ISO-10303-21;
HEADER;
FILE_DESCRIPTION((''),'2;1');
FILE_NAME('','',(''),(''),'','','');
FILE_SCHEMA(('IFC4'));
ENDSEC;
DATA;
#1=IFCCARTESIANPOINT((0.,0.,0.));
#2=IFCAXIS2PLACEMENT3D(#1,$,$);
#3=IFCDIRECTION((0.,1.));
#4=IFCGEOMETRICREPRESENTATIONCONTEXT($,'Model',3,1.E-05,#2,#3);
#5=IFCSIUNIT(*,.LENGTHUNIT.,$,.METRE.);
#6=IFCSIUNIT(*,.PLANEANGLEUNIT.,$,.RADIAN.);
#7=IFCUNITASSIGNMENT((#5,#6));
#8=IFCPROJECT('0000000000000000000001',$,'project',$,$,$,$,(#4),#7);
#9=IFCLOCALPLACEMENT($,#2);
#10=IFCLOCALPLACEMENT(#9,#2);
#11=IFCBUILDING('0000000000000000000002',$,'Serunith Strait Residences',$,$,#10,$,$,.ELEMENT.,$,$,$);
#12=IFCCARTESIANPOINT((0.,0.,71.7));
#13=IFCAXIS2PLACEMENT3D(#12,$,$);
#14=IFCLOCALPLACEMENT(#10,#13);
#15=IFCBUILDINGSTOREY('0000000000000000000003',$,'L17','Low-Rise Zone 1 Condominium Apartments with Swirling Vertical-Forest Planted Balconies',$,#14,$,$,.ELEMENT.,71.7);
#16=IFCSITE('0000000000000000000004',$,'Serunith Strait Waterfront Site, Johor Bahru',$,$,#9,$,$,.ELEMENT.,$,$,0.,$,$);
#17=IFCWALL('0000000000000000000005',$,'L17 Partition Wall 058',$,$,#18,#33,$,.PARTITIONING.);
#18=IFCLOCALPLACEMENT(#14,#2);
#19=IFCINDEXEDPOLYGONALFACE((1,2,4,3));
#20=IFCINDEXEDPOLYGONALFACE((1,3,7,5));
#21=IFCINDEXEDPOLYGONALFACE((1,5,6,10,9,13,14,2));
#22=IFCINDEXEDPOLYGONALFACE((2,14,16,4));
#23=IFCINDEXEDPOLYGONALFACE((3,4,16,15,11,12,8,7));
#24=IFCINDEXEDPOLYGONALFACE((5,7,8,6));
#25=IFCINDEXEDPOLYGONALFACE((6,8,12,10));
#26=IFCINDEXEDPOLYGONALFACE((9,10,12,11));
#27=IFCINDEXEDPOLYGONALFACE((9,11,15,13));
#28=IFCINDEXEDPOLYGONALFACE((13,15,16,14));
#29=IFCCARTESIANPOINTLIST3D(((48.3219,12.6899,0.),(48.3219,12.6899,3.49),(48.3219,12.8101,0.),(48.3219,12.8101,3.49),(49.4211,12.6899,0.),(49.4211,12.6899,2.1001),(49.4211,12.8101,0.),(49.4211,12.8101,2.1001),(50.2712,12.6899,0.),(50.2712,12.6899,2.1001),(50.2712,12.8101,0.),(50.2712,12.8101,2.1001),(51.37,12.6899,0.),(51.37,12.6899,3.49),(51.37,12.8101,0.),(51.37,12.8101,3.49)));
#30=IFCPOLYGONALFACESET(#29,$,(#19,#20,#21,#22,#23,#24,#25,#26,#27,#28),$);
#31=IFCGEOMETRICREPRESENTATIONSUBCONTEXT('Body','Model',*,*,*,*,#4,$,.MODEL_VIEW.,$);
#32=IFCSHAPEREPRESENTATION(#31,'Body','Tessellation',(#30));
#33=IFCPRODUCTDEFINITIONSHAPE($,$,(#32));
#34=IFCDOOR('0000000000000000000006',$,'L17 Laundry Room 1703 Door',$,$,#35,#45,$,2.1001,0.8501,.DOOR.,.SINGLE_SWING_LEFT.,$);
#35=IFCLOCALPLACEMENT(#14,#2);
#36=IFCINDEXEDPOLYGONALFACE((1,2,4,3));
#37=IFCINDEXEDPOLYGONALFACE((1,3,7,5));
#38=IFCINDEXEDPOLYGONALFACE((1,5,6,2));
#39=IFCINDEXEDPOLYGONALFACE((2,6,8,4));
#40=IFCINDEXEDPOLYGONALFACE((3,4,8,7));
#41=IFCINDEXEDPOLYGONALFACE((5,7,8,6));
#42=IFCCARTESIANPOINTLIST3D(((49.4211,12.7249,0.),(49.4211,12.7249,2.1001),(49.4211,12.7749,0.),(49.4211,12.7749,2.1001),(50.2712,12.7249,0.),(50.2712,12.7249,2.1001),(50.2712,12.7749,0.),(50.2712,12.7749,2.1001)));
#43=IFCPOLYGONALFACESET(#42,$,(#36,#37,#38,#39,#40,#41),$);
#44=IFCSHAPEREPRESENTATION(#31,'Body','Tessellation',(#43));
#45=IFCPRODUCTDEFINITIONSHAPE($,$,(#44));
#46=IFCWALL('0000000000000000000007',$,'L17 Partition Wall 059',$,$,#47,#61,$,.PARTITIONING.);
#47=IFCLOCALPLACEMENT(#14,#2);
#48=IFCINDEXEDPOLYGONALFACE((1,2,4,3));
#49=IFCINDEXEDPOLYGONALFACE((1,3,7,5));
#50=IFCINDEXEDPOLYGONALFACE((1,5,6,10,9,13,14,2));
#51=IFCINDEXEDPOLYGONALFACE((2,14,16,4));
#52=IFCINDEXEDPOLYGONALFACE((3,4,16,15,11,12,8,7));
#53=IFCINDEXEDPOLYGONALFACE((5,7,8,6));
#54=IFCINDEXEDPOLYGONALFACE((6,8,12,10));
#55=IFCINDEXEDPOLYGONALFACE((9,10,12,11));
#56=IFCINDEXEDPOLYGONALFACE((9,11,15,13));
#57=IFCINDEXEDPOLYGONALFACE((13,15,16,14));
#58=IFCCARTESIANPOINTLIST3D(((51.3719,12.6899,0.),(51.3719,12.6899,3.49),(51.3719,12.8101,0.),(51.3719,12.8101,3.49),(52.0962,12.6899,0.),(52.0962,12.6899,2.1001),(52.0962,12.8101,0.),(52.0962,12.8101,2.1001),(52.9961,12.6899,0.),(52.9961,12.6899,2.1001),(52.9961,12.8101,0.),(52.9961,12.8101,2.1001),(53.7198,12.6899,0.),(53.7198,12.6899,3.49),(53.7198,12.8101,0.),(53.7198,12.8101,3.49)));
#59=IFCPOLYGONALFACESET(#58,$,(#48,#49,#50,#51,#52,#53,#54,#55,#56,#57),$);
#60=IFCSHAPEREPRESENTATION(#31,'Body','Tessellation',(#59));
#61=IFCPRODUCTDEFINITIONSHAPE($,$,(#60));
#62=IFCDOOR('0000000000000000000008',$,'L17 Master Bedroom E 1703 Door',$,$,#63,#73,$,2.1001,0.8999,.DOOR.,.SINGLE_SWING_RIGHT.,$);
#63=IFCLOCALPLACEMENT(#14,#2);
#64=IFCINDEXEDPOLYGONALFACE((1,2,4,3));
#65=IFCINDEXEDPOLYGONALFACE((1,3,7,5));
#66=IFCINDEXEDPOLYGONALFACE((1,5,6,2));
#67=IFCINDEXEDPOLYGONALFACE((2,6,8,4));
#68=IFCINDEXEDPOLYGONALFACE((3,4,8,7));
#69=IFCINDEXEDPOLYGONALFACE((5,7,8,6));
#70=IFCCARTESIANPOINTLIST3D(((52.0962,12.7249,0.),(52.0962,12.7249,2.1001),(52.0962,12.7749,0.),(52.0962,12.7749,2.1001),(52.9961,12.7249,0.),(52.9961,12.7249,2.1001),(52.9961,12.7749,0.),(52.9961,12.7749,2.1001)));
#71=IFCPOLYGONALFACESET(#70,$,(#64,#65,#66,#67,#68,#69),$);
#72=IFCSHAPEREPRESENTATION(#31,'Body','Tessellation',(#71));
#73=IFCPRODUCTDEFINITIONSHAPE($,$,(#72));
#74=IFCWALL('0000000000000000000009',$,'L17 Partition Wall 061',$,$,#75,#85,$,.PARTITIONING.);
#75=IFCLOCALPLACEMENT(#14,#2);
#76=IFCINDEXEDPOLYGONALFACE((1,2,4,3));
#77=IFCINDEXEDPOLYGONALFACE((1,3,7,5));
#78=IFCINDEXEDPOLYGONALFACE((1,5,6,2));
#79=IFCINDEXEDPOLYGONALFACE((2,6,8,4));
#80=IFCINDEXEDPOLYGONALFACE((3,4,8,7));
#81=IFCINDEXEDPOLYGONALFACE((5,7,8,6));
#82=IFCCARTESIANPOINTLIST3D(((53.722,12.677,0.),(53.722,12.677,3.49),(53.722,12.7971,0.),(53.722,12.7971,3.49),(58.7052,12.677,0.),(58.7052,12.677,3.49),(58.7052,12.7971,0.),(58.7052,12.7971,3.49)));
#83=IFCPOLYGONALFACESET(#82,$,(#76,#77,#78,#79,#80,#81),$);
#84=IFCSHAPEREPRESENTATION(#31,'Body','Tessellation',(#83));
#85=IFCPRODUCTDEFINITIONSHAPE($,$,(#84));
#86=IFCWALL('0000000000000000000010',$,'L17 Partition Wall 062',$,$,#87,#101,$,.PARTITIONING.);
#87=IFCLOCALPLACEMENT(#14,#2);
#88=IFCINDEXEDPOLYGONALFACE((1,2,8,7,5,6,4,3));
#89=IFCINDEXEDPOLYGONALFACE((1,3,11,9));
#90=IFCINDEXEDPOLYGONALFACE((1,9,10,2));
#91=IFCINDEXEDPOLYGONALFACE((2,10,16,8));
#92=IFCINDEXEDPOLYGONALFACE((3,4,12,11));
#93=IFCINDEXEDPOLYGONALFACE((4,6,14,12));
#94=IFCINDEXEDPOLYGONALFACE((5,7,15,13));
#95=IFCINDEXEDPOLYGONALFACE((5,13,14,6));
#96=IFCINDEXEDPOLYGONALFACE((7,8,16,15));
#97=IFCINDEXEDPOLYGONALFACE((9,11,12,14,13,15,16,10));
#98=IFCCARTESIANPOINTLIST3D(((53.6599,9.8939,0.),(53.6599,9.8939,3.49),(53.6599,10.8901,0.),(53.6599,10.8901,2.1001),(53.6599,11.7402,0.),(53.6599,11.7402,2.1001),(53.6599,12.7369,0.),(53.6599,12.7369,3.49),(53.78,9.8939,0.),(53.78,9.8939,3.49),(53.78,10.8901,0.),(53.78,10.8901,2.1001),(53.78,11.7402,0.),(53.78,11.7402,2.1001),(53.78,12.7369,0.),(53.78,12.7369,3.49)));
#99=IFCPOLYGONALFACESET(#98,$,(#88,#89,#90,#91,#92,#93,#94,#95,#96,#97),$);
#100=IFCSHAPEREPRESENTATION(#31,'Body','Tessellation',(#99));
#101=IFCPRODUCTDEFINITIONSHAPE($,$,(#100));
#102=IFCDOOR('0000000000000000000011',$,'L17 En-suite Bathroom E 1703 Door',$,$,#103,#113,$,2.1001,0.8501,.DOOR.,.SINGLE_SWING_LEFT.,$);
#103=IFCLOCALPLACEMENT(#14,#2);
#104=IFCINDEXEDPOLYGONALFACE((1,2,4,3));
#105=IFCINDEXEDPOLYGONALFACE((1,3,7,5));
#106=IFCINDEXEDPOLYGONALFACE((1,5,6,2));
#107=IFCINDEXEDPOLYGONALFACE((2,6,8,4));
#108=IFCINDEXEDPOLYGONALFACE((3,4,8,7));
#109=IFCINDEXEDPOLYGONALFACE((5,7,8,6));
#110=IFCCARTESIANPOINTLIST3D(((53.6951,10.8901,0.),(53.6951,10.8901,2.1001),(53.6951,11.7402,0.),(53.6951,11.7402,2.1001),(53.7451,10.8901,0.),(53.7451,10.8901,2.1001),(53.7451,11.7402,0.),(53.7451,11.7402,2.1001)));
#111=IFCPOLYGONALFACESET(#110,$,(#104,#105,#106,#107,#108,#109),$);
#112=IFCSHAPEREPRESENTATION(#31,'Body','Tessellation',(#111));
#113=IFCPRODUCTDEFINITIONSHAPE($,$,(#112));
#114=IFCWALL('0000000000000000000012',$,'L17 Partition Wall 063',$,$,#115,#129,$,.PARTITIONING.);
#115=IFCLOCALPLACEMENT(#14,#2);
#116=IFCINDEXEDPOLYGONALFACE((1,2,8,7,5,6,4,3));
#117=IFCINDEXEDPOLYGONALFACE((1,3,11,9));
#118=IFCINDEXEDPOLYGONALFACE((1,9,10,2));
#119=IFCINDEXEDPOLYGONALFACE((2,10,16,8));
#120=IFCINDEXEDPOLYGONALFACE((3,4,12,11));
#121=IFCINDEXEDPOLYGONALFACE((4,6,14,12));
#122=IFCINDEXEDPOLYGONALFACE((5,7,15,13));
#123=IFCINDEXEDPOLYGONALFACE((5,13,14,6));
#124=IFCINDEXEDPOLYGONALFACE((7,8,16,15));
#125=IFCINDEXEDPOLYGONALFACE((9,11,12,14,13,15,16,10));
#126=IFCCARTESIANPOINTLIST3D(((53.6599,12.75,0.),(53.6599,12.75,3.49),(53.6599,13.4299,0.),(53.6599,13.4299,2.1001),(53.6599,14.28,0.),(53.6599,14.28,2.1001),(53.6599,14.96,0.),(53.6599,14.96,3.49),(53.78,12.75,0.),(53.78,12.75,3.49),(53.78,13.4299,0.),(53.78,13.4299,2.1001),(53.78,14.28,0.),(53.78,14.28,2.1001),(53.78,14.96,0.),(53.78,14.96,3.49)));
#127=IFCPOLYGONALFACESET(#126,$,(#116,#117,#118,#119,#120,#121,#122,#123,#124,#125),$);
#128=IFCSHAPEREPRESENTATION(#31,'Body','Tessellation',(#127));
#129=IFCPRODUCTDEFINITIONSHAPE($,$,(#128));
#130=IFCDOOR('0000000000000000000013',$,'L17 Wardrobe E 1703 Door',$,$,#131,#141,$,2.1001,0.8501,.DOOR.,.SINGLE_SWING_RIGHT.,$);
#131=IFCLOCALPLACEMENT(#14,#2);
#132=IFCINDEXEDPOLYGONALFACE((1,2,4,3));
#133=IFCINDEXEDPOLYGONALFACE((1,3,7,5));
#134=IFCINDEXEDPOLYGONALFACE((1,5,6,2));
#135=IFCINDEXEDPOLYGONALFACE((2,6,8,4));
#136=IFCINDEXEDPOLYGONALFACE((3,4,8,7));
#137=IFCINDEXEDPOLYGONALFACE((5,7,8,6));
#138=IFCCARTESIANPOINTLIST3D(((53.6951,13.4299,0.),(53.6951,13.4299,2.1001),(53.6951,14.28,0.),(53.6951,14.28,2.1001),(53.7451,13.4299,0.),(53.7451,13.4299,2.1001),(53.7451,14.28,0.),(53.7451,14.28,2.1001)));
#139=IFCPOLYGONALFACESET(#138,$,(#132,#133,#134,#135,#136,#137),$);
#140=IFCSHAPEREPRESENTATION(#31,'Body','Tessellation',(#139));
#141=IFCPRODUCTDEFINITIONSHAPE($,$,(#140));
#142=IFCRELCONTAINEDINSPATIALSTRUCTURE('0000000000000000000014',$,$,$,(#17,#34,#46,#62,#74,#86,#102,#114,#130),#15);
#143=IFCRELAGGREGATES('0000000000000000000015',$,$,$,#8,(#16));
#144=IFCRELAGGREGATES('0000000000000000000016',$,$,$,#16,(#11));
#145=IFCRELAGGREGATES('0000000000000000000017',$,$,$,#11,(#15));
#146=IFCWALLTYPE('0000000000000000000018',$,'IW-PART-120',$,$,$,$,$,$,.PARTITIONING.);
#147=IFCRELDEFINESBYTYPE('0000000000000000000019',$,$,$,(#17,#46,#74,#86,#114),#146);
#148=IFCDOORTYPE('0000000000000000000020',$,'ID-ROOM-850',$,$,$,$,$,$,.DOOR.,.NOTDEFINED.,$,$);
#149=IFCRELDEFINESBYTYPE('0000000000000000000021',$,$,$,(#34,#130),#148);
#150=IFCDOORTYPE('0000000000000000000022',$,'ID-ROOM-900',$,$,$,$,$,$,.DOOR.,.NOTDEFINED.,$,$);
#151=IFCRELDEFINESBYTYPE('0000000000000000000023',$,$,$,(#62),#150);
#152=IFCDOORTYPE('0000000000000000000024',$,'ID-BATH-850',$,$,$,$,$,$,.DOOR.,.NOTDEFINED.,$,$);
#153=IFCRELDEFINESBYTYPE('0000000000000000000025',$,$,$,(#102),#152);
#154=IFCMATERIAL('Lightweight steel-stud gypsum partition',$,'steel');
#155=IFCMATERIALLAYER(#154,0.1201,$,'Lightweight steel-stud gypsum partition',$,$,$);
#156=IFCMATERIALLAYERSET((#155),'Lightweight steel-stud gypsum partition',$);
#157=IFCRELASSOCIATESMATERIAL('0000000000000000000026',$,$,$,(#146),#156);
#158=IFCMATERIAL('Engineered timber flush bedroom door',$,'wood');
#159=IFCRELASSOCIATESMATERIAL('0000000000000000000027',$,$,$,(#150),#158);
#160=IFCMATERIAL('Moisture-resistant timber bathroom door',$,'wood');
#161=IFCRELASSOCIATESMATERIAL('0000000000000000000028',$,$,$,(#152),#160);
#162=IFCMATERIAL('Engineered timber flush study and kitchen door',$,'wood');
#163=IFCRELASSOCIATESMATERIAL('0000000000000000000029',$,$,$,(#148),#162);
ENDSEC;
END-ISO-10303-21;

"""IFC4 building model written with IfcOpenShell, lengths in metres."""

from ifc_helpers import new_model, si_unit, direction, frame, frame_2d, origin, place, context, subcontext, project, spatial, rectangle, extrude, source, transform, mapped, material, layer, layer_set, type_object, element, fill, save


model = new_model("IFC4")

# Units and contexts
model_context = context("Model", 3, precision=1e-05, world=origin(), true_north=direction((0.0, 1.0)))
body_context = subcontext(model_context, "Body", "Model", "MODEL_VIEW")
ifc_project = project(units=[si_unit("LENGTHUNIT", "METRE"), si_unit("PLANEANGLEUNIT", "RADIAN")], contexts=[model_context])

# Site, building, storey
site_placement = place(None, origin())
site = spatial("IfcSite", under=ifc_project, at=site_placement, Name="Serunith Strait Waterfront Site, Johor Bahru", CompositionType="ELEMENT", RefElevation=0.0)
building_placement = place(site_placement, origin())
building = spatial("IfcBuilding", under=site, at=building_placement, Name="Serunith Strait Residences", CompositionType="ELEMENT")
storey_placement = place(building_placement, frame((0.0, 0.0, 71.7)))
storey = spatial("IfcBuildingStorey", under=building, at=storey_placement, Name="L17", Description="Low-Rise Zone 1 Condominium Apartments with Swirling Vertical-Forest Planted Balconies", CompositionType="ELEMENT", Elevation=71.7)

# Walls, openings, doors
ifc_material_1 = material(Name="Lightweight steel-stud gypsum partition", Category="steel")
ifc_layer_1 = layer(ifc_material_1, 0.1201, Name="Lightweight steel-stud gypsum partition")
ifc_layer_set_1 = layer_set([ifc_layer_1], Name="Lightweight steel-stud gypsum partition")
wall_type = type_object("IfcWallType", Name="IW-PART-120", PredefinedType="PARTITIONING", material=ifc_layer_set_1)
ifc_material_2 = material(Name="Engineered timber flush bedroom door", Category="wood")
door_type_1 = type_object("IfcDoorType", Name="ID-ROOM-900", OperationType="NOTDEFINED", PredefinedType="DOOR", material=ifc_material_2)
shared_shape_1 = source(origin(), body_context, "Body", "SweptSolid", [
    extrude(rectangle(XDim=0.8999, YDim=2.1001, at=frame_2d((0.45, 1.05))), frame((0.0, 0.0249, 0.0), z_axis=(0.0, -1.0, 0.0), x_axis=(1.0, 0.0, 0.0)), (0.0, 0.0, 1.0), 0.05),
])
ifc_material_3 = material(Name="Moisture-resistant timber bathroom door", Category="wood")
door_type_2 = type_object("IfcDoorType", Name="ID-BATH-850", OperationType="NOTDEFINED", PredefinedType="DOOR", material=ifc_material_3)
shared_shape_2 = source(origin(), body_context, "Body", "SweptSolid", [
    extrude(rectangle(XDim=0.8501, YDim=2.1001, at=frame_2d((0.425, 1.05))), frame((0.0, 0.0249, 0.0), z_axis=(0.0, -1.0, 0.0), x_axis=(1.0, 0.0, 0.0)), (0.0, 0.0, 1.0), 0.05),
])
wall_1_placement = place(storey_placement, frame((48.322, 12.75, 0.0), z_axis=(0.0, 0.0, 1.0), x_axis=(1.0, 0.0, 0.0)))
wall_1 = element("IfcWall", 1, at=wall_1_placement, inside=storey, type_object=wall_type, Name="L17 Partition Wall 058", PredefinedType="PARTITIONING", context=body_context, shape_type="SweptSolid", body=[
    extrude(rectangle(XDim=3.0481, YDim=0.1201, at=frame_2d((1.5239, 0.0))), origin(), (0.0, 0.0, 1.0), 3.49),
])
opening_1_placement = place(wall_1_placement, frame((1.0991, 0.0, 0.0)))
opening_1 = element("IfcOpeningElement", 2, at=opening_1_placement, cuts=wall_1, PredefinedType="OPENING", context=body_context, shape_type="SweptSolid", body=[
    extrude(rectangle(XDim=0.8501, YDim=2.1001, at=frame_2d((0.425, 1.05))), frame((0.0, 0.0701, 0.0), z_axis=(0.0, -1.0, 0.0), x_axis=(1.0, 0.0, 0.0)), (0.0, 0.0, 1.0), 0.1401),
])
ifc_material_4 = material(Name="Engineered timber flush study and kitchen door", Category="wood")
door_type_3 = type_object("IfcDoorType", Name="ID-ROOM-850", OperationType="NOTDEFINED", PredefinedType="DOOR", material=ifc_material_4)
door_1_placement = place(opening_1_placement, origin())
door_1 = element("IfcDoor", 3, at=door_1_placement, inside=storey, type_object=door_type_3, Name="L17 Laundry Room 1703 Door", OperationType="SINGLE_SWING_LEFT", OverallHeight=2.1001, OverallWidth=0.8501, PredefinedType="DOOR", context=body_context, shape_type="MappedRepresentation", body=[
    mapped(shared_shape_2, transform((0.0, 0.0, 0.0), scale=1.0)),
])
fill(opening_1, door_1)
wall_2_placement = place(storey_placement, frame((51.3721, 12.75, 0.0), z_axis=(0.0, 0.0, 1.0), x_axis=(1.0, 0.0, 0.0)))
wall_2 = element("IfcWall", 4, at=wall_2_placement, inside=storey, type_object=wall_type, Name="L17 Partition Wall 059", PredefinedType="PARTITIONING", context=body_context, shape_type="SweptSolid", body=[
    extrude(rectangle(XDim=2.3479, YDim=0.1201, at=frame_2d((1.1738, 0.0))), origin(), (0.0, 0.0, 1.0), 3.49),
])
opening_2_placement = place(wall_2_placement, frame((0.7241, 0.0, 0.0)))
opening_2 = element("IfcOpeningElement", 5, at=opening_2_placement, cuts=wall_2, PredefinedType="OPENING", context=body_context, shape_type="SweptSolid", body=[
    extrude(rectangle(XDim=0.8999, YDim=2.1001, at=frame_2d((0.45, 1.05))), frame((0.0, 0.0701, 0.0), z_axis=(0.0, -1.0, 0.0), x_axis=(1.0, 0.0, 0.0)), (0.0, 0.0, 1.0), 0.1401),
])
door_2_placement = place(opening_2_placement, origin())
door_2 = element("IfcDoor", 6, at=door_2_placement, inside=storey, type_object=door_type_1, Name="L17 Master Bedroom E 1703 Door", OperationType="SINGLE_SWING_RIGHT", OverallHeight=2.1001, OverallWidth=0.8999, PredefinedType="DOOR", context=body_context, shape_type="MappedRepresentation", body=[
    mapped(shared_shape_1, transform((0.0, 0.0, 0.0), scale=1.0)),
])
fill(opening_2, door_2)

# Wall
wall_3_placement = place(storey_placement, frame((53.7219, 12.7371, 0.0), z_axis=(0.0, 0.0, 1.0), x_axis=(1.0, 0.0, 0.0)))
element("IfcWall", 7, at=wall_3_placement, inside=storey, type_object=wall_type, Name="L17 Partition Wall 061", PredefinedType="PARTITIONING", context=body_context, shape_type="SweptSolid", body=[
    extrude(rectangle(XDim=4.9832, YDim=0.1201, at=frame_2d((2.4917, 0.0))), origin(), (0.0, 0.0, 1.0), 3.49),
])

# Walls, openings, doors
wall_4_placement = place(storey_placement, frame((53.72, 9.894, 0.0), z_axis=(0.0, 0.0, 1.0), x_axis=(0.0, 1.0, 0.0)))
wall_4 = element("IfcWall", 8, at=wall_4_placement, inside=storey, type_object=wall_type, Name="L17 Partition Wall 062", PredefinedType="PARTITIONING", context=body_context, shape_type="SweptSolid", body=[
    extrude(rectangle(XDim=2.843, YDim=0.1201, at=frame_2d((1.4214, 0.0))), origin(), (0.0, 0.0, 1.0), 3.49),
])
opening_3_placement = place(wall_4_placement, frame((0.9961, 0.0, 0.0)))
opening_3 = element("IfcOpeningElement", 9, at=opening_3_placement, cuts=wall_4, PredefinedType="OPENING", context=body_context, shape_type="SweptSolid", body=[
    extrude(rectangle(XDim=0.8501, YDim=2.1001, at=frame_2d((0.425, 1.05))), frame((0.0, 0.0701, 0.0), z_axis=(0.0, -1.0, 0.0), x_axis=(1.0, 0.0, 0.0)), (0.0, 0.0, 1.0), 0.1401),
])
door_3_placement = place(opening_3_placement, origin())
door_3 = element("IfcDoor", 10, at=door_3_placement, inside=storey, type_object=door_type_2, Name="L17 En-suite Bathroom E 1703 Door", OperationType="SINGLE_SWING_LEFT", OverallHeight=2.1001, OverallWidth=0.8501, PredefinedType="DOOR", context=body_context, shape_type="MappedRepresentation", body=[
    mapped(shared_shape_2, transform((0.0, 0.0, 0.0), scale=1.0)),
])
fill(opening_3, door_3)
wall_5_placement = place(storey_placement, frame((53.72, 12.75, 0.0), z_axis=(0.0, 0.0, 1.0), x_axis=(0.0, 1.0, 0.0)))
wall_5 = element("IfcWall", 11, at=wall_5_placement, inside=storey, type_object=wall_type, Name="L17 Partition Wall 063", PredefinedType="PARTITIONING", context=body_context, shape_type="SweptSolid", body=[
    extrude(rectangle(XDim=2.21, YDim=0.1201, at=frame_2d((1.105, 0.0))), origin(), (0.0, 0.0, 1.0), 3.49),
])
opening_4_placement = place(wall_5_placement, frame((0.6799, 0.0, 0.0)))
opening_4 = element("IfcOpeningElement", 12, at=opening_4_placement, cuts=wall_5, PredefinedType="OPENING", context=body_context, shape_type="SweptSolid", body=[
    extrude(rectangle(XDim=0.8501, YDim=2.1001, at=frame_2d((0.425, 1.05))), frame((0.0, 0.0701, 0.0), z_axis=(0.0, -1.0, 0.0), x_axis=(1.0, 0.0, 0.0)), (0.0, 0.0, 1.0), 0.1401),
])
door_4_placement = place(opening_4_placement, origin())
door_4 = element("IfcDoor", 13, at=door_4_placement, inside=storey, type_object=door_type_3, Name="L17 Wardrobe E 1703 Door", OperationType="SINGLE_SWING_RIGHT", OverallHeight=2.1001, OverallWidth=0.8501, PredefinedType="DOOR", context=body_context, shape_type="MappedRepresentation", body=[
    mapped(shared_shape_2, transform((0.0, 0.0, 0.0), scale=1.0)),
])
fill(opening_4, door_4)

save(model, "model.ifc")
